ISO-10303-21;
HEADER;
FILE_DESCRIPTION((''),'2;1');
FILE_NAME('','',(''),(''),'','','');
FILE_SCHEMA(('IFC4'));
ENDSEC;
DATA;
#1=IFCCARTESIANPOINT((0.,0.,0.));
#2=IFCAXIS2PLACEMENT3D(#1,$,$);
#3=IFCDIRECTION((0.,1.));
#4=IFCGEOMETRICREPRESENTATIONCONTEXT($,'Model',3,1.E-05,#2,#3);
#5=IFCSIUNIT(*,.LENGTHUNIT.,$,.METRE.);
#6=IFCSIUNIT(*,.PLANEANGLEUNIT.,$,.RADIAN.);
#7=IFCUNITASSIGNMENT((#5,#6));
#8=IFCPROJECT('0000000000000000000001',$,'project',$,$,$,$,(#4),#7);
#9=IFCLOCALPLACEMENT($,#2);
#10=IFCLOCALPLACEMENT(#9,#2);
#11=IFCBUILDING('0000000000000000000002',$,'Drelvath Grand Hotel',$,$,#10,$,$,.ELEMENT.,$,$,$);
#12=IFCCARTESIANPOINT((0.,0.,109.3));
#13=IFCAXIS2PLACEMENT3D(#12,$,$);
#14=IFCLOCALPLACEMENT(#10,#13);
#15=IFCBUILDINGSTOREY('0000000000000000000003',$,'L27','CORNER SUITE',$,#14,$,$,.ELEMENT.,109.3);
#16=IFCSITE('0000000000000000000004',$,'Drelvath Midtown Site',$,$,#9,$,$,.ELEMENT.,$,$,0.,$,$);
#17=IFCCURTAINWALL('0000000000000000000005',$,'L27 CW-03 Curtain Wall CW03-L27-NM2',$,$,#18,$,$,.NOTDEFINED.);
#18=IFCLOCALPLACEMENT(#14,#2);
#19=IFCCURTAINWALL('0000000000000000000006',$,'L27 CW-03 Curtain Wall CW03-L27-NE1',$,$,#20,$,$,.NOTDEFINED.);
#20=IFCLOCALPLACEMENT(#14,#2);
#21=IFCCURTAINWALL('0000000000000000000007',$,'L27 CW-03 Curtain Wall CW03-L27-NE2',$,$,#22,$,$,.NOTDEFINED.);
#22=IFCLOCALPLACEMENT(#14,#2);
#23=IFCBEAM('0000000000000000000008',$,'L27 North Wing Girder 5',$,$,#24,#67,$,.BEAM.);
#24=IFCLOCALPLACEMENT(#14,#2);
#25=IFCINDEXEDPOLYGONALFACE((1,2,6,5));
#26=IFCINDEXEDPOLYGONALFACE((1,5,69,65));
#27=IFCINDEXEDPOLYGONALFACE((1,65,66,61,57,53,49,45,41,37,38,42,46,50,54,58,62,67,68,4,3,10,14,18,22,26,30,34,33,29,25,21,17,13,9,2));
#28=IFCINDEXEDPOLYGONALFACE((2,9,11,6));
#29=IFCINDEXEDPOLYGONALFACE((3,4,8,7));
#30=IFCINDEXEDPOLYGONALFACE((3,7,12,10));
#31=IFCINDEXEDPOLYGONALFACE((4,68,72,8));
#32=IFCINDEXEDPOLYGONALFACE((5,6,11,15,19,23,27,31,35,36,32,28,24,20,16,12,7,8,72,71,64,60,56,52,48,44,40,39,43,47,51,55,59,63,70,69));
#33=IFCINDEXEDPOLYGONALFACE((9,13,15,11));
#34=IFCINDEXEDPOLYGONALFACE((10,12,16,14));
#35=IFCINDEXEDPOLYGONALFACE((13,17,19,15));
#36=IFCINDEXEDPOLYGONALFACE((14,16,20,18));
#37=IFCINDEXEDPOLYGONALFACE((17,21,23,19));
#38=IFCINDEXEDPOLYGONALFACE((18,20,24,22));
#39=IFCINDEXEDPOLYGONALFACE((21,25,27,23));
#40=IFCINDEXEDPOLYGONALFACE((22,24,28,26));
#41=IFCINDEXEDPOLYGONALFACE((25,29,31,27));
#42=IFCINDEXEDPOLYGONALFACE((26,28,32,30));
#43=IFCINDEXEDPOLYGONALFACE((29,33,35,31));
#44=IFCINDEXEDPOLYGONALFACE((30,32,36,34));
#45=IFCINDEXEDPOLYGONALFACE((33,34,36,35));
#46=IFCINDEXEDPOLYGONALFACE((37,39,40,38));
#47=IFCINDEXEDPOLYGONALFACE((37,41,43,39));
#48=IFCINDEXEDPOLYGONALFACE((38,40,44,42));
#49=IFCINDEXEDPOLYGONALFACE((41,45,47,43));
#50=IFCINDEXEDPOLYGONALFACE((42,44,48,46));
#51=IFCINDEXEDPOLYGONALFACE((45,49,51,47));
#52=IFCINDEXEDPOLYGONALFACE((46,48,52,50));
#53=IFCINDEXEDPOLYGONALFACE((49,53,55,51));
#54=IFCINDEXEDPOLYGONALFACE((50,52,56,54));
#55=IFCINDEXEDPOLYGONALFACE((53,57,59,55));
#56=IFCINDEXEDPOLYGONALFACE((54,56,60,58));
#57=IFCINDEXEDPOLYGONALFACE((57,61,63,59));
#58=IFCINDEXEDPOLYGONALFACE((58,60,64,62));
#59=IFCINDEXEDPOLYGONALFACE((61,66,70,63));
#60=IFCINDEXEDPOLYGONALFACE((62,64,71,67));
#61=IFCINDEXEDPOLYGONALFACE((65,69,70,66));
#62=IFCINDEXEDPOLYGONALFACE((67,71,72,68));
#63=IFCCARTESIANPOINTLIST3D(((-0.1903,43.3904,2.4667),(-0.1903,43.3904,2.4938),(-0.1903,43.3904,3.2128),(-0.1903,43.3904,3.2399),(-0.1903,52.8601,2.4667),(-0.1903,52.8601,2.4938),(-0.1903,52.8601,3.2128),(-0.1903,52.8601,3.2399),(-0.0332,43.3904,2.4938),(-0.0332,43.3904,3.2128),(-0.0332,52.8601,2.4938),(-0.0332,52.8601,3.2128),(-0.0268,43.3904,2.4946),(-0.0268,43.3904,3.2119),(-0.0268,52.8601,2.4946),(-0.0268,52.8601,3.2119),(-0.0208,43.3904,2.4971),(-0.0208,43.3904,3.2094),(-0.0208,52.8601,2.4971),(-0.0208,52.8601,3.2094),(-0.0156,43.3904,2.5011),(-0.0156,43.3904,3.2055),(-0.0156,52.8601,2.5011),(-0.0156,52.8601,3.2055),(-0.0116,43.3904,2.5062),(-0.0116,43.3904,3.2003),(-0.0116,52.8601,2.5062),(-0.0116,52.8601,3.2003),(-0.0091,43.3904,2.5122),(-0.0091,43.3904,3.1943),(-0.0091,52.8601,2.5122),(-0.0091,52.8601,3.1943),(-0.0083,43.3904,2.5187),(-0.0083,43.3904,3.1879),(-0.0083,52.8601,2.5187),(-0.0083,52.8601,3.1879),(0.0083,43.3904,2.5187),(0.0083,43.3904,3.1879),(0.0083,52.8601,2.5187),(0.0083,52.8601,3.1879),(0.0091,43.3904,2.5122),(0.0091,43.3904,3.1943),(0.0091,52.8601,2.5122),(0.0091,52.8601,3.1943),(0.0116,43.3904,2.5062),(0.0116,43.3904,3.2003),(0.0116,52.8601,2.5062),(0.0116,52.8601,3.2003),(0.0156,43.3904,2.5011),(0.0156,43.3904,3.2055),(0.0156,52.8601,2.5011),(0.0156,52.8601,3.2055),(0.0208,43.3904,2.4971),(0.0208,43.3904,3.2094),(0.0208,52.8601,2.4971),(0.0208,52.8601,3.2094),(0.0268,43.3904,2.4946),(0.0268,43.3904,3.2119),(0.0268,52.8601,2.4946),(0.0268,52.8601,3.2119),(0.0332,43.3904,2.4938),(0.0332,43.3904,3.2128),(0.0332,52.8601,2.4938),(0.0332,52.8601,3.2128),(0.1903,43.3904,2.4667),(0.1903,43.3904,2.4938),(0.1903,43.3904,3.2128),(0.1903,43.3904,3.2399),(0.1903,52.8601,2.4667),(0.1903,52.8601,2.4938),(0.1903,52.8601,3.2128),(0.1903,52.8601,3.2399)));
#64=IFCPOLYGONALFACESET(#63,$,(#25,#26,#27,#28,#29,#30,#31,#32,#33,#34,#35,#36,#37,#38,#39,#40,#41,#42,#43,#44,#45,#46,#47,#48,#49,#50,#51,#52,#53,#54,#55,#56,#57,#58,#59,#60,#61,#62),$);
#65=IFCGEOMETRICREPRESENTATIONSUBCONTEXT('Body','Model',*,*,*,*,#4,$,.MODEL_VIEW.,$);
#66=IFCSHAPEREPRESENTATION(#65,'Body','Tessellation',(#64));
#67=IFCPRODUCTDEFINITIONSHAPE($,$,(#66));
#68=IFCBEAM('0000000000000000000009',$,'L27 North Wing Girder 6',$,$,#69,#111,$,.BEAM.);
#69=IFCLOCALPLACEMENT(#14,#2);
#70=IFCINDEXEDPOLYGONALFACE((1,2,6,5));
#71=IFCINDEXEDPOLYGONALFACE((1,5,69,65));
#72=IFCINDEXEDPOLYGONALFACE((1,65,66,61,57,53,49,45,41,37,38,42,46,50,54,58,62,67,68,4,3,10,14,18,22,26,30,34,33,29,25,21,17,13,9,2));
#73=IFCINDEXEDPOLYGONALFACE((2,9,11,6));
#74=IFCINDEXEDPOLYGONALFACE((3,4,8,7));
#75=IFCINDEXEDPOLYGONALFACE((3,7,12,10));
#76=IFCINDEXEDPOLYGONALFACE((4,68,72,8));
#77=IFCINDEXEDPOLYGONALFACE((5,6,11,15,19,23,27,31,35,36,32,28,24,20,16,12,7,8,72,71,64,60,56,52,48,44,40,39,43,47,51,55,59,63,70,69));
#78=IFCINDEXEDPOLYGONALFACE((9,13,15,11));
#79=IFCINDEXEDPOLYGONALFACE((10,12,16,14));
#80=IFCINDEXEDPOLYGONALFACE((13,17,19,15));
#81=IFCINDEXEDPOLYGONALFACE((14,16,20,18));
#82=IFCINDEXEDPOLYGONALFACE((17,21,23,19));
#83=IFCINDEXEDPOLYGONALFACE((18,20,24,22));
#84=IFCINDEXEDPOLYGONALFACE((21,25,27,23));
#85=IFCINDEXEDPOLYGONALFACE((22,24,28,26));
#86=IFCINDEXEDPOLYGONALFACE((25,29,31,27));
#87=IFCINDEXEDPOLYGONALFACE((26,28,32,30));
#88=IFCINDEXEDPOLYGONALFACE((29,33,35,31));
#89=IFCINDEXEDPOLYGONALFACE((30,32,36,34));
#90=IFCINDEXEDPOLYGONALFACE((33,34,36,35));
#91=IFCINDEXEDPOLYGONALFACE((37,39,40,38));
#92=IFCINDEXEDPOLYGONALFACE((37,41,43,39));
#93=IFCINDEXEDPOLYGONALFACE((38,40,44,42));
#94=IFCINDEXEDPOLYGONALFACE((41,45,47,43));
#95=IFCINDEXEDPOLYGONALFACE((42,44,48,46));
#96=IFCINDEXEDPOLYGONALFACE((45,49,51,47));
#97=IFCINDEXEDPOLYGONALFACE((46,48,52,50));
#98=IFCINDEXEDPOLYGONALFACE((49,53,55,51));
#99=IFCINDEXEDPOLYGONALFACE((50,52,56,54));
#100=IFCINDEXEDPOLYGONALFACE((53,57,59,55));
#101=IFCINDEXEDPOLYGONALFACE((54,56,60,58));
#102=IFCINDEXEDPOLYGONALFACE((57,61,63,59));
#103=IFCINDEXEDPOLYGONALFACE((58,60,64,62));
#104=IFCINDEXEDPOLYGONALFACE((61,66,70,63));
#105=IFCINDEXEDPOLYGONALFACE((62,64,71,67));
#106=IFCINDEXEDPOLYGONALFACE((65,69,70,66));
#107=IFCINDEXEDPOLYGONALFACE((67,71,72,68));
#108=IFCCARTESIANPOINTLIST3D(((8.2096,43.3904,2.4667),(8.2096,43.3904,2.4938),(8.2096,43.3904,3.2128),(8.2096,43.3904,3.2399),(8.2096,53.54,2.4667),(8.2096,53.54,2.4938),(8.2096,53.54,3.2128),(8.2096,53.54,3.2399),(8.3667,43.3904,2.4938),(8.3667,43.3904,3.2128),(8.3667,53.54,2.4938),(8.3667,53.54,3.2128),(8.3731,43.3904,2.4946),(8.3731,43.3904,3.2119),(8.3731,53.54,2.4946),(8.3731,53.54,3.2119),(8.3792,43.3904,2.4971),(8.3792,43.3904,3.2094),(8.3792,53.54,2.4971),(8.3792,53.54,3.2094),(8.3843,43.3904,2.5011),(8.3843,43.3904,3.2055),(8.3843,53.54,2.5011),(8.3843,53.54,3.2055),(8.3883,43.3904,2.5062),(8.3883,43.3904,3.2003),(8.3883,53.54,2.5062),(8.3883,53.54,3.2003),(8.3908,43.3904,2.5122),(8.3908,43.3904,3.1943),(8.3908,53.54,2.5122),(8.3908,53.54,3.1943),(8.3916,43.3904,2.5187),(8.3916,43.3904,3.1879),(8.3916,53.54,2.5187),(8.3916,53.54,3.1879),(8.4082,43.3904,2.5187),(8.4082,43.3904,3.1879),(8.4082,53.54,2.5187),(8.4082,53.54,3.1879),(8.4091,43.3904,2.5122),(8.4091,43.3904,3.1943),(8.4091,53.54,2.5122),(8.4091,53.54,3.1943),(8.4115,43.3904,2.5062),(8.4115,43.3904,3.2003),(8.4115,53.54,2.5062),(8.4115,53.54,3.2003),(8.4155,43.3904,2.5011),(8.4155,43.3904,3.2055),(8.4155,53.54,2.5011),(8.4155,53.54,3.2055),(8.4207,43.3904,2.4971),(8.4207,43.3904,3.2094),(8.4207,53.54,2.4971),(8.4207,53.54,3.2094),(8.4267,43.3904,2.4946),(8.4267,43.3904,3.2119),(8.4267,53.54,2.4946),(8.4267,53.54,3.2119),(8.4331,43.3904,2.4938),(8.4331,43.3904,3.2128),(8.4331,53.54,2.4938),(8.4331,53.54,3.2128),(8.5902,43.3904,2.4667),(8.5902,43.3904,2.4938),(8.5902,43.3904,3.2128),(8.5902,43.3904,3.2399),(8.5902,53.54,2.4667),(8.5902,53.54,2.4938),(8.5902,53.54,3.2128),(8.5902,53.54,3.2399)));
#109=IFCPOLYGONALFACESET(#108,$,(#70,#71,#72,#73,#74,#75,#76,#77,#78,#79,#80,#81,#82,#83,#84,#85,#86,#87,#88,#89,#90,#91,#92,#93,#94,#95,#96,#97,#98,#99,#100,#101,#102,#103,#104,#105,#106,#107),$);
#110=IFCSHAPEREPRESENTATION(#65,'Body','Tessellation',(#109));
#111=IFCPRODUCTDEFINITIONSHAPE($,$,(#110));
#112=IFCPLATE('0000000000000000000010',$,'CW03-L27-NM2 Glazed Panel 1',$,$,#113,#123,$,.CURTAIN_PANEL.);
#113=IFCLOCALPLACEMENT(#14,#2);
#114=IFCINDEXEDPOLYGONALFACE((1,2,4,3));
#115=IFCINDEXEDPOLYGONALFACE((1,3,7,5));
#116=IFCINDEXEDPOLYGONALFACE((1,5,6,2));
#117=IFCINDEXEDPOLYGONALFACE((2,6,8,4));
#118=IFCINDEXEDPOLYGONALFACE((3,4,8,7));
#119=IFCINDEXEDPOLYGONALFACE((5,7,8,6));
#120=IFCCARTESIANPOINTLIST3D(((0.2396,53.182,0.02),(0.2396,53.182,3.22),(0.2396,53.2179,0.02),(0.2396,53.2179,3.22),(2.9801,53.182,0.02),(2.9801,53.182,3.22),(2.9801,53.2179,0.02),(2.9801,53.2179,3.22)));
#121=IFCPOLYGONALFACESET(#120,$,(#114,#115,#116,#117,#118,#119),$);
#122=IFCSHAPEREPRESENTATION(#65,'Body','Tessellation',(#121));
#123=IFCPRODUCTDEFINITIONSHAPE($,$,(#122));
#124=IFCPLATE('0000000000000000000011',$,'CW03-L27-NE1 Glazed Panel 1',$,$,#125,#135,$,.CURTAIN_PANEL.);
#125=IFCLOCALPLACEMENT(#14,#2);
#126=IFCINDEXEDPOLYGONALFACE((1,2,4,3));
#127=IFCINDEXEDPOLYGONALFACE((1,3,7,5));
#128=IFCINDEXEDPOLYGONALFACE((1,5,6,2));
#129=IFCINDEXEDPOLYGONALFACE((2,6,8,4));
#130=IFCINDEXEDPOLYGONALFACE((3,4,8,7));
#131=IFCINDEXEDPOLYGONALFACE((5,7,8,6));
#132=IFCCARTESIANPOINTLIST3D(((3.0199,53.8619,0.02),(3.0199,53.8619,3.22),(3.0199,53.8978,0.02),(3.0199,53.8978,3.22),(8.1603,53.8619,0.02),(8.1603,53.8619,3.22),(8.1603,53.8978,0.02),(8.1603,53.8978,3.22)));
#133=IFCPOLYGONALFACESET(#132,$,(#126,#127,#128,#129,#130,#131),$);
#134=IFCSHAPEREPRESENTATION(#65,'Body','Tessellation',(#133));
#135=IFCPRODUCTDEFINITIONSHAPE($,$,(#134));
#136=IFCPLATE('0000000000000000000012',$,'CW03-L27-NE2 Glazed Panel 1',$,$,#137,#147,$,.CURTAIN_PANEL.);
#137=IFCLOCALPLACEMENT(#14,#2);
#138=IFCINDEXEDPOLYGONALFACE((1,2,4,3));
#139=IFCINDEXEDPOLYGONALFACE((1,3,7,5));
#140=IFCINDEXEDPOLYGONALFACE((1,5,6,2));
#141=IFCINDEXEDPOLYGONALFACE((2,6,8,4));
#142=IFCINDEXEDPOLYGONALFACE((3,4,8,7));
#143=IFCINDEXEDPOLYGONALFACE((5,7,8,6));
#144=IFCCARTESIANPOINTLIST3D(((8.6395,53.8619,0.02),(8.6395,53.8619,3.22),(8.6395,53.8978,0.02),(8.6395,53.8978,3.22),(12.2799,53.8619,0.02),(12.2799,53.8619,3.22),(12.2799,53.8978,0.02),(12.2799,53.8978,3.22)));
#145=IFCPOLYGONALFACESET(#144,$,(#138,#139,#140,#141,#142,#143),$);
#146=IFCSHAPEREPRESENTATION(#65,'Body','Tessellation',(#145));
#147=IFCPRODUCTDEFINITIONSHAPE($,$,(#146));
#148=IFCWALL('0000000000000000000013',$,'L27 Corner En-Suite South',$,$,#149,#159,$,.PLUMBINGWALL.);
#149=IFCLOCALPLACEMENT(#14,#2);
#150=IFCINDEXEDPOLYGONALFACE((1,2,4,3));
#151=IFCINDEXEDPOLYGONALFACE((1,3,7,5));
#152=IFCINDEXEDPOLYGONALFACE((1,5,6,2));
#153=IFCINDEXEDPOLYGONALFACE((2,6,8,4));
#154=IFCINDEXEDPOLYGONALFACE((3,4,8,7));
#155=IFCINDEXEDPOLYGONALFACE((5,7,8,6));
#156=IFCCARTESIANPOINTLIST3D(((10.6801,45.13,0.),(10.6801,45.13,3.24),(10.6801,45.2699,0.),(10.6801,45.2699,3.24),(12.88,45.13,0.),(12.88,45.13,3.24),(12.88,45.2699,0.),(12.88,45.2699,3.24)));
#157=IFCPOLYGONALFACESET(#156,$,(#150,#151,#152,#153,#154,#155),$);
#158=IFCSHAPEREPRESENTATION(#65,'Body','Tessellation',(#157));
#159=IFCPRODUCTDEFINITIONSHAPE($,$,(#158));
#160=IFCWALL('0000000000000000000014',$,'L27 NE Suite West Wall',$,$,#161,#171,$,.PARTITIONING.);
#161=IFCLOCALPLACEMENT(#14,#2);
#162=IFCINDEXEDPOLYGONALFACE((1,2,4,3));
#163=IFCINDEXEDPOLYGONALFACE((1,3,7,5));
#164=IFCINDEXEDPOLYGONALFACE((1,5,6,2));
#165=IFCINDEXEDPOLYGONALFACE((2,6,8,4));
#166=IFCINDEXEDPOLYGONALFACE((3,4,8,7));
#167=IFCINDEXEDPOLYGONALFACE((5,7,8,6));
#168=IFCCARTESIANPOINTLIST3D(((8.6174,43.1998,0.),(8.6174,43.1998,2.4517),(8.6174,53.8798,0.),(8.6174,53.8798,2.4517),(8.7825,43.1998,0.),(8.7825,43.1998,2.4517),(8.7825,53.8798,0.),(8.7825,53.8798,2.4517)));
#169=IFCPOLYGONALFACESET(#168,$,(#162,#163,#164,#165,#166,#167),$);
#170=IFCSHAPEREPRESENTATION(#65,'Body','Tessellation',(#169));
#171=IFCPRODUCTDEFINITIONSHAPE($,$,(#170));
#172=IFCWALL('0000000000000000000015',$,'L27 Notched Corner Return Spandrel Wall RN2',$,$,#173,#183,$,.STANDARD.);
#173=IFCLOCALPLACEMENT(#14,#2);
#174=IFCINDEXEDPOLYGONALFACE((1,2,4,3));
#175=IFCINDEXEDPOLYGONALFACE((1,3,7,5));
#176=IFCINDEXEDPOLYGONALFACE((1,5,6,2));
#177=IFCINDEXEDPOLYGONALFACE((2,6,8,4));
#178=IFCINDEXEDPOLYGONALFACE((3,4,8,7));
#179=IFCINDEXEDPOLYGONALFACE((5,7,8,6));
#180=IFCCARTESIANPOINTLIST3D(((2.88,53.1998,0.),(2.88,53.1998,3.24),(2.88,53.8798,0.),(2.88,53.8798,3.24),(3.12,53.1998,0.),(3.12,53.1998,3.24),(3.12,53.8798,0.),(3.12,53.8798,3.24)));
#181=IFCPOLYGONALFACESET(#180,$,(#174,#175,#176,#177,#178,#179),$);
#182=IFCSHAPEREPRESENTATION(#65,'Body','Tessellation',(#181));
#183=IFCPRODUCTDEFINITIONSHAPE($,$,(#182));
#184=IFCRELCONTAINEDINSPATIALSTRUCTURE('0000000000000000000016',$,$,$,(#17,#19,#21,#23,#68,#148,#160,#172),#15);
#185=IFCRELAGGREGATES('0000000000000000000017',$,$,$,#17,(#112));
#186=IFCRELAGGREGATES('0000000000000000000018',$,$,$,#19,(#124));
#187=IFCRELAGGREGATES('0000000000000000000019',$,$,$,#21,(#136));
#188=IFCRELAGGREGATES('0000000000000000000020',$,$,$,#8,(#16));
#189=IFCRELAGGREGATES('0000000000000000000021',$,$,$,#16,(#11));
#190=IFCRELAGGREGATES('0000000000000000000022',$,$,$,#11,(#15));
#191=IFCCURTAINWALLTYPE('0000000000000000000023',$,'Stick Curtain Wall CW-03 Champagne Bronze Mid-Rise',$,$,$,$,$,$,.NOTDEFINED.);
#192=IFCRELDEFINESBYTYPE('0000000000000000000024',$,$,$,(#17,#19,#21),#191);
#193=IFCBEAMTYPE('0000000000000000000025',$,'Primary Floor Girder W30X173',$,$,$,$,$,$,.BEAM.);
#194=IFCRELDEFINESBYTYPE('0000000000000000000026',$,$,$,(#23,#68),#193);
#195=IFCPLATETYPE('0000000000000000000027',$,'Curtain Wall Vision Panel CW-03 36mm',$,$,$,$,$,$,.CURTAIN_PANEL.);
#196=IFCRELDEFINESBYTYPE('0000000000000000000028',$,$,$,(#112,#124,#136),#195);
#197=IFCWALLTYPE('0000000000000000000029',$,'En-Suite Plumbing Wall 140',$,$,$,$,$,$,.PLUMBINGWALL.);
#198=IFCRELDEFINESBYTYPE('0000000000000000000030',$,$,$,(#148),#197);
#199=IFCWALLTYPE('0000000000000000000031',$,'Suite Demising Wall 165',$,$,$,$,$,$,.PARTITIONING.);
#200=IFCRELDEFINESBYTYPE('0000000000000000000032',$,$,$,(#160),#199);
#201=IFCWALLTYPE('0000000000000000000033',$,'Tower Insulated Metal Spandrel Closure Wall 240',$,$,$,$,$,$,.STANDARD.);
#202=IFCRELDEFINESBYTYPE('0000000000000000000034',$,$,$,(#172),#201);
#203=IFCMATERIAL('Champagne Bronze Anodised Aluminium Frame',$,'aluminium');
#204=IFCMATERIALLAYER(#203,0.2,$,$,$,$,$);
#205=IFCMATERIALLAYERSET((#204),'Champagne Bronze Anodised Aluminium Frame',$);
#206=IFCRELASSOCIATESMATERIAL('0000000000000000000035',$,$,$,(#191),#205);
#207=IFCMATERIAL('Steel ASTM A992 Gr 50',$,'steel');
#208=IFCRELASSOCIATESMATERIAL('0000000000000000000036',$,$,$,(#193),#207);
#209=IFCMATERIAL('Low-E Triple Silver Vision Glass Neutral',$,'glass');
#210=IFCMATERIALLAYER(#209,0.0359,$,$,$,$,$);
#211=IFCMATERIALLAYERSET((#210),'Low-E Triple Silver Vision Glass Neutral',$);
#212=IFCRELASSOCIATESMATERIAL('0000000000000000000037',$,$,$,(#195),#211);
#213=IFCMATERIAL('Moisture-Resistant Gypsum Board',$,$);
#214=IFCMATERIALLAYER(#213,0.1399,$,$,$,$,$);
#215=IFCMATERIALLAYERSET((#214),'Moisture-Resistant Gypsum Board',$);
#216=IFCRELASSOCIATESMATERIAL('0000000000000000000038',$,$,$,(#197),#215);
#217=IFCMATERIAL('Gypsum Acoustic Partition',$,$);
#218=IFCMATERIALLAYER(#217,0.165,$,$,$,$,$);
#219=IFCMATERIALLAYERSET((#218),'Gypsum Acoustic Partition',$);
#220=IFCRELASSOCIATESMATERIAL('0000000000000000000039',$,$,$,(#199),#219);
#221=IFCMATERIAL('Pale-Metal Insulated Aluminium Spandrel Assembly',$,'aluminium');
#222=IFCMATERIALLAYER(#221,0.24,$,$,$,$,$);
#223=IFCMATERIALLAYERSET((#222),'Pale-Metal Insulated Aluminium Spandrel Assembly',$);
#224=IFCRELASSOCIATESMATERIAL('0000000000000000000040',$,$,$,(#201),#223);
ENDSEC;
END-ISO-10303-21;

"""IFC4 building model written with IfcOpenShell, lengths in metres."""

from ifc_helpers import new_model, si_unit, direction, frame, frame_2d, origin, origin_2d, place, context, subcontext, project, spatial, rectangle, i_section, extrude, material, layer, layer_set, material_profile, profile_set, type_object, element, aggregate, save


model = new_model("IFC4")

# Units and contexts
model_context = context("Model", 3, precision=1e-05, world=origin(), true_north=direction((0.0, 1.0)))
body_context = subcontext(model_context, "Body", "Model", "MODEL_VIEW")
ifc_project = project(units=[si_unit("LENGTHUNIT", "METRE"), si_unit("PLANEANGLEUNIT", "RADIAN")], contexts=[model_context])

# Site, building, storey
site_placement = place(None, origin())
site = spatial("IfcSite", under=ifc_project, at=site_placement, Name="Drelvath Midtown Site", CompositionType="ELEMENT", RefElevation=0.0)
building_placement = place(site_placement, origin())
building = spatial("IfcBuilding", under=site, at=building_placement, Name="Drelvath Grand Hotel", CompositionType="ELEMENT")
storey_placement = place(building_placement, frame((0.0, 0.0, 109.3)))
storey = spatial("IfcBuildingStorey", under=building, at=storey_placement, Name="L27", Description="CORNER SUITE", CompositionType="ELEMENT", Elevation=109.3)

# Curtain walls
ifc_material_1 = material(Name="Champagne Bronze Anodised Aluminium Frame", Category="aluminium")
ifc_layer_1 = layer(ifc_material_1, 0.2)
ifc_layer_set_1 = layer_set([ifc_layer_1], Name="Champagne Bronze Anodised Aluminium Frame")
curtain_wall_type = type_object("IfcCurtainWallType", Name="Stick Curtain Wall CW-03 Champagne Bronze Mid-Rise", PredefinedType="NOTDEFINED", material=ifc_layer_set_1)
curtain_wall_1_placement = place(storey_placement, origin())
curtain_wall_1 = element("IfcCurtainWall", 1, at=curtain_wall_1_placement, inside=storey, type_object=curtain_wall_type, Name="L27 CW-03 Curtain Wall CW03-L27-NM2", PredefinedType="NOTDEFINED")
curtain_wall_2_placement = place(storey_placement, origin())
curtain_wall_2 = element("IfcCurtainWall", 2, at=curtain_wall_2_placement, inside=storey, type_object=curtain_wall_type, Name="L27 CW-03 Curtain Wall CW03-L27-NE1", PredefinedType="NOTDEFINED")
curtain_wall_3_placement = place(storey_placement, origin())
curtain_wall_3 = element("IfcCurtainWall", 3, at=curtain_wall_3_placement, inside=storey, type_object=curtain_wall_type, Name="L27 CW-03 Curtain Wall CW03-L27-NE2", PredefinedType="NOTDEFINED")

# Beams
ifc_material_2 = material(Name="Steel ASTM A992 Gr 50", Category="steel")
ifc_material_profile_1 = material_profile(ifc_material_2, i_section(OverallWidth=0.3806, OverallDepth=0.7732, WebThickness=0.0166, FlangeThickness=0.0271, FilletRadius=0.0249, at=origin_2d()), Name="W30X173")
ifc_profile_set_1 = profile_set([ifc_material_profile_1], Name="Steel ASTM A992 Gr 50")
beam_type_1 = type_object("IfcBeamType", Name="Primary Floor Girder W30X173", PredefinedType="BEAM", material=ifc_profile_set_1)
beam_1_placement = place(storey_placement, frame((0.0, 43.3904, 2.8533), z_axis=(0.0, 1.0, 0.0), x_axis=(-1.0, 0.0, 0.0)))
element("IfcBeam", 4, at=beam_1_placement, inside=storey, type_object=beam_type_1, Name="L27 North Wing Girder 5", PredefinedType="BEAM", context=body_context, shape_type="SweptSolid", body=[
    extrude(i_section(OverallWidth=0.3806, OverallDepth=0.7732, WebThickness=0.0166, FlangeThickness=0.0271, FilletRadius=0.0249, at=origin_2d()), origin(), (0.0, 0.0, 1.0), 9.4697),
])
beam_2_placement = place(storey_placement, frame((8.3999, 43.3904, 2.8533), z_axis=(0.0, 1.0, 0.0), x_axis=(-1.0, 0.0, 0.0)))
element("IfcBeam", 5, at=beam_2_placement, inside=storey, type_object=beam_type_1, Name="L27 North Wing Girder 6", PredefinedType="BEAM", context=body_context, shape_type="SweptSolid", body=[
    extrude(i_section(OverallWidth=0.3806, OverallDepth=0.7732, WebThickness=0.0166, FlangeThickness=0.0271, FilletRadius=0.0249, at=origin_2d()), origin(), (0.0, 0.0, 1.0), 10.1497),
])

# Plates
ifc_material_3 = material(Name="Low-E Triple Silver Vision Glass Neutral", Category="glass")
ifc_layer_2 = layer(ifc_material_3, 0.0359)
ifc_layer_set_2 = layer_set([ifc_layer_2], Name="Low-E Triple Silver Vision Glass Neutral")
plate_type = type_object("IfcPlateType", Name="Curtain Wall Vision Panel CW-03 36mm", PredefinedType="CURTAIN_PANEL", material=ifc_layer_set_2)
plate_1_placement = place(storey_placement, frame((1.6099, 53.2, 0.02), z_axis=(0.0, 0.0, 1.0), x_axis=(1.0, 0.0, 0.0)))
plate_1 = element("IfcPlate", 6, at=plate_1_placement, type_object=plate_type, Name="CW03-L27-NM2 Glazed Panel 1", PredefinedType="CURTAIN_PANEL", context=body_context, shape_type="SweptSolid", body=[
    extrude(rectangle(XDim=2.7405, YDim=0.0359, at=origin_2d()), origin(), (0.0, 0.0, 1.0), 3.2),
])
aggregate(curtain_wall_1, [plate_1])
plate_2_placement = place(storey_placement, frame((5.5901, 53.8799, 0.02), z_axis=(0.0, 0.0, 1.0), x_axis=(1.0, 0.0, 0.0)))
plate_2 = element("IfcPlate", 7, at=plate_2_placement, type_object=plate_type, Name="CW03-L27-NE1 Glazed Panel 1", PredefinedType="CURTAIN_PANEL", context=body_context, shape_type="SweptSolid", body=[
    extrude(rectangle(XDim=5.1404, YDim=0.0359, at=origin_2d()), origin(), (0.0, 0.0, 1.0), 3.2),
])
aggregate(curtain_wall_2, [plate_2])
plate_3_placement = place(storey_placement, frame((10.4597, 53.8799, 0.02), z_axis=(0.0, 0.0, 1.0), x_axis=(1.0, 0.0, 0.0)))
plate_3 = element("IfcPlate", 8, at=plate_3_placement, type_object=plate_type, Name="CW03-L27-NE2 Glazed Panel 1", PredefinedType="CURTAIN_PANEL", context=body_context, shape_type="SweptSolid", body=[
    extrude(rectangle(XDim=3.6404, YDim=0.0359, at=origin_2d()), origin(), (0.0, 0.0, 1.0), 3.2),
])
aggregate(curtain_wall_3, [plate_3])

# Walls
ifc_material_4 = material(Name="Moisture-Resistant Gypsum Board")
ifc_layer_3 = layer(ifc_material_4, 0.1399)
ifc_layer_set_3 = layer_set([ifc_layer_3], Name="Moisture-Resistant Gypsum Board")
wall_type_1 = type_object("IfcWallType", Name="En-Suite Plumbing Wall 140", PredefinedType="PLUMBINGWALL", material=ifc_layer_set_3)
wall_1_placement = place(storey_placement, frame((10.6799, 45.2, 0.0), z_axis=(0.0, 0.0, 1.0), x_axis=(1.0, 0.0, 0.0)))
element("IfcWall", 9, at=wall_1_placement, inside=storey, type_object=wall_type_1, Name="L27 Corner En-Suite South", PredefinedType="PLUMBINGWALL", context=body_context, shape_type="SweptSolid", body=[
    extrude(rectangle(XDim=2.2, YDim=0.1399, at=frame_2d((1.1001, 0.0))), origin(), (0.0, 0.0, 1.0), 3.24),
])
ifc_material_5 = material(Name="Gypsum Acoustic Partition")
ifc_layer_4 = layer(ifc_material_5, 0.165)
ifc_layer_set_4 = layer_set([ifc_layer_4], Name="Gypsum Acoustic Partition")
wall_type_2 = type_object("IfcWallType", Name="Suite Demising Wall 165", PredefinedType="PARTITIONING", material=ifc_layer_set_4)
wall_2_placement = place(storey_placement, frame((8.7, 43.2, 0.0), z_axis=(0.0, 0.0, 1.0), x_axis=(0.0, 1.0, 0.0)))
element("IfcWall", 10, at=wall_2_placement, inside=storey, type_object=wall_type_2, Name="L27 NE Suite West Wall", PredefinedType="PARTITIONING", context=body_context, shape_type="SweptSolid", body=[
    extrude(rectangle(XDim=10.6799, YDim=0.165, at=frame_2d((5.3398, 0.0))), origin(), (0.0, 0.0, 1.0), 2.4517),
])
ifc_material_6 = material(Name="Pale-Metal Insulated Aluminium Spandrel Assembly", Category="aluminium")
ifc_layer_5 = layer(ifc_material_6, 0.24)
ifc_layer_set_5 = layer_set([ifc_layer_5], Name="Pale-Metal Insulated Aluminium Spandrel Assembly")
wall_type_3 = type_object("IfcWallType", Name="Tower Insulated Metal Spandrel Closure Wall 240", PredefinedType="STANDARD", material=ifc_layer_set_5)
wall_3_placement = place(storey_placement, frame((3.0, 53.2, 0.0), z_axis=(0.0, 0.0, 1.0), x_axis=(0.0, 1.0, 0.0)))
element("IfcWall", 11, at=wall_3_placement, inside=storey, type_object=wall_type_3, Name="L27 Notched Corner Return Spandrel Wall RN2", PredefinedType="STANDARD", context=body_context, shape_type="SweptSolid", body=[
    extrude(rectangle(XDim=0.6799, YDim=0.24, at=frame_2d((0.3398, 0.0))), origin(), (0.0, 0.0, 1.0), 3.24),
])

save(model, "model.ifc")
